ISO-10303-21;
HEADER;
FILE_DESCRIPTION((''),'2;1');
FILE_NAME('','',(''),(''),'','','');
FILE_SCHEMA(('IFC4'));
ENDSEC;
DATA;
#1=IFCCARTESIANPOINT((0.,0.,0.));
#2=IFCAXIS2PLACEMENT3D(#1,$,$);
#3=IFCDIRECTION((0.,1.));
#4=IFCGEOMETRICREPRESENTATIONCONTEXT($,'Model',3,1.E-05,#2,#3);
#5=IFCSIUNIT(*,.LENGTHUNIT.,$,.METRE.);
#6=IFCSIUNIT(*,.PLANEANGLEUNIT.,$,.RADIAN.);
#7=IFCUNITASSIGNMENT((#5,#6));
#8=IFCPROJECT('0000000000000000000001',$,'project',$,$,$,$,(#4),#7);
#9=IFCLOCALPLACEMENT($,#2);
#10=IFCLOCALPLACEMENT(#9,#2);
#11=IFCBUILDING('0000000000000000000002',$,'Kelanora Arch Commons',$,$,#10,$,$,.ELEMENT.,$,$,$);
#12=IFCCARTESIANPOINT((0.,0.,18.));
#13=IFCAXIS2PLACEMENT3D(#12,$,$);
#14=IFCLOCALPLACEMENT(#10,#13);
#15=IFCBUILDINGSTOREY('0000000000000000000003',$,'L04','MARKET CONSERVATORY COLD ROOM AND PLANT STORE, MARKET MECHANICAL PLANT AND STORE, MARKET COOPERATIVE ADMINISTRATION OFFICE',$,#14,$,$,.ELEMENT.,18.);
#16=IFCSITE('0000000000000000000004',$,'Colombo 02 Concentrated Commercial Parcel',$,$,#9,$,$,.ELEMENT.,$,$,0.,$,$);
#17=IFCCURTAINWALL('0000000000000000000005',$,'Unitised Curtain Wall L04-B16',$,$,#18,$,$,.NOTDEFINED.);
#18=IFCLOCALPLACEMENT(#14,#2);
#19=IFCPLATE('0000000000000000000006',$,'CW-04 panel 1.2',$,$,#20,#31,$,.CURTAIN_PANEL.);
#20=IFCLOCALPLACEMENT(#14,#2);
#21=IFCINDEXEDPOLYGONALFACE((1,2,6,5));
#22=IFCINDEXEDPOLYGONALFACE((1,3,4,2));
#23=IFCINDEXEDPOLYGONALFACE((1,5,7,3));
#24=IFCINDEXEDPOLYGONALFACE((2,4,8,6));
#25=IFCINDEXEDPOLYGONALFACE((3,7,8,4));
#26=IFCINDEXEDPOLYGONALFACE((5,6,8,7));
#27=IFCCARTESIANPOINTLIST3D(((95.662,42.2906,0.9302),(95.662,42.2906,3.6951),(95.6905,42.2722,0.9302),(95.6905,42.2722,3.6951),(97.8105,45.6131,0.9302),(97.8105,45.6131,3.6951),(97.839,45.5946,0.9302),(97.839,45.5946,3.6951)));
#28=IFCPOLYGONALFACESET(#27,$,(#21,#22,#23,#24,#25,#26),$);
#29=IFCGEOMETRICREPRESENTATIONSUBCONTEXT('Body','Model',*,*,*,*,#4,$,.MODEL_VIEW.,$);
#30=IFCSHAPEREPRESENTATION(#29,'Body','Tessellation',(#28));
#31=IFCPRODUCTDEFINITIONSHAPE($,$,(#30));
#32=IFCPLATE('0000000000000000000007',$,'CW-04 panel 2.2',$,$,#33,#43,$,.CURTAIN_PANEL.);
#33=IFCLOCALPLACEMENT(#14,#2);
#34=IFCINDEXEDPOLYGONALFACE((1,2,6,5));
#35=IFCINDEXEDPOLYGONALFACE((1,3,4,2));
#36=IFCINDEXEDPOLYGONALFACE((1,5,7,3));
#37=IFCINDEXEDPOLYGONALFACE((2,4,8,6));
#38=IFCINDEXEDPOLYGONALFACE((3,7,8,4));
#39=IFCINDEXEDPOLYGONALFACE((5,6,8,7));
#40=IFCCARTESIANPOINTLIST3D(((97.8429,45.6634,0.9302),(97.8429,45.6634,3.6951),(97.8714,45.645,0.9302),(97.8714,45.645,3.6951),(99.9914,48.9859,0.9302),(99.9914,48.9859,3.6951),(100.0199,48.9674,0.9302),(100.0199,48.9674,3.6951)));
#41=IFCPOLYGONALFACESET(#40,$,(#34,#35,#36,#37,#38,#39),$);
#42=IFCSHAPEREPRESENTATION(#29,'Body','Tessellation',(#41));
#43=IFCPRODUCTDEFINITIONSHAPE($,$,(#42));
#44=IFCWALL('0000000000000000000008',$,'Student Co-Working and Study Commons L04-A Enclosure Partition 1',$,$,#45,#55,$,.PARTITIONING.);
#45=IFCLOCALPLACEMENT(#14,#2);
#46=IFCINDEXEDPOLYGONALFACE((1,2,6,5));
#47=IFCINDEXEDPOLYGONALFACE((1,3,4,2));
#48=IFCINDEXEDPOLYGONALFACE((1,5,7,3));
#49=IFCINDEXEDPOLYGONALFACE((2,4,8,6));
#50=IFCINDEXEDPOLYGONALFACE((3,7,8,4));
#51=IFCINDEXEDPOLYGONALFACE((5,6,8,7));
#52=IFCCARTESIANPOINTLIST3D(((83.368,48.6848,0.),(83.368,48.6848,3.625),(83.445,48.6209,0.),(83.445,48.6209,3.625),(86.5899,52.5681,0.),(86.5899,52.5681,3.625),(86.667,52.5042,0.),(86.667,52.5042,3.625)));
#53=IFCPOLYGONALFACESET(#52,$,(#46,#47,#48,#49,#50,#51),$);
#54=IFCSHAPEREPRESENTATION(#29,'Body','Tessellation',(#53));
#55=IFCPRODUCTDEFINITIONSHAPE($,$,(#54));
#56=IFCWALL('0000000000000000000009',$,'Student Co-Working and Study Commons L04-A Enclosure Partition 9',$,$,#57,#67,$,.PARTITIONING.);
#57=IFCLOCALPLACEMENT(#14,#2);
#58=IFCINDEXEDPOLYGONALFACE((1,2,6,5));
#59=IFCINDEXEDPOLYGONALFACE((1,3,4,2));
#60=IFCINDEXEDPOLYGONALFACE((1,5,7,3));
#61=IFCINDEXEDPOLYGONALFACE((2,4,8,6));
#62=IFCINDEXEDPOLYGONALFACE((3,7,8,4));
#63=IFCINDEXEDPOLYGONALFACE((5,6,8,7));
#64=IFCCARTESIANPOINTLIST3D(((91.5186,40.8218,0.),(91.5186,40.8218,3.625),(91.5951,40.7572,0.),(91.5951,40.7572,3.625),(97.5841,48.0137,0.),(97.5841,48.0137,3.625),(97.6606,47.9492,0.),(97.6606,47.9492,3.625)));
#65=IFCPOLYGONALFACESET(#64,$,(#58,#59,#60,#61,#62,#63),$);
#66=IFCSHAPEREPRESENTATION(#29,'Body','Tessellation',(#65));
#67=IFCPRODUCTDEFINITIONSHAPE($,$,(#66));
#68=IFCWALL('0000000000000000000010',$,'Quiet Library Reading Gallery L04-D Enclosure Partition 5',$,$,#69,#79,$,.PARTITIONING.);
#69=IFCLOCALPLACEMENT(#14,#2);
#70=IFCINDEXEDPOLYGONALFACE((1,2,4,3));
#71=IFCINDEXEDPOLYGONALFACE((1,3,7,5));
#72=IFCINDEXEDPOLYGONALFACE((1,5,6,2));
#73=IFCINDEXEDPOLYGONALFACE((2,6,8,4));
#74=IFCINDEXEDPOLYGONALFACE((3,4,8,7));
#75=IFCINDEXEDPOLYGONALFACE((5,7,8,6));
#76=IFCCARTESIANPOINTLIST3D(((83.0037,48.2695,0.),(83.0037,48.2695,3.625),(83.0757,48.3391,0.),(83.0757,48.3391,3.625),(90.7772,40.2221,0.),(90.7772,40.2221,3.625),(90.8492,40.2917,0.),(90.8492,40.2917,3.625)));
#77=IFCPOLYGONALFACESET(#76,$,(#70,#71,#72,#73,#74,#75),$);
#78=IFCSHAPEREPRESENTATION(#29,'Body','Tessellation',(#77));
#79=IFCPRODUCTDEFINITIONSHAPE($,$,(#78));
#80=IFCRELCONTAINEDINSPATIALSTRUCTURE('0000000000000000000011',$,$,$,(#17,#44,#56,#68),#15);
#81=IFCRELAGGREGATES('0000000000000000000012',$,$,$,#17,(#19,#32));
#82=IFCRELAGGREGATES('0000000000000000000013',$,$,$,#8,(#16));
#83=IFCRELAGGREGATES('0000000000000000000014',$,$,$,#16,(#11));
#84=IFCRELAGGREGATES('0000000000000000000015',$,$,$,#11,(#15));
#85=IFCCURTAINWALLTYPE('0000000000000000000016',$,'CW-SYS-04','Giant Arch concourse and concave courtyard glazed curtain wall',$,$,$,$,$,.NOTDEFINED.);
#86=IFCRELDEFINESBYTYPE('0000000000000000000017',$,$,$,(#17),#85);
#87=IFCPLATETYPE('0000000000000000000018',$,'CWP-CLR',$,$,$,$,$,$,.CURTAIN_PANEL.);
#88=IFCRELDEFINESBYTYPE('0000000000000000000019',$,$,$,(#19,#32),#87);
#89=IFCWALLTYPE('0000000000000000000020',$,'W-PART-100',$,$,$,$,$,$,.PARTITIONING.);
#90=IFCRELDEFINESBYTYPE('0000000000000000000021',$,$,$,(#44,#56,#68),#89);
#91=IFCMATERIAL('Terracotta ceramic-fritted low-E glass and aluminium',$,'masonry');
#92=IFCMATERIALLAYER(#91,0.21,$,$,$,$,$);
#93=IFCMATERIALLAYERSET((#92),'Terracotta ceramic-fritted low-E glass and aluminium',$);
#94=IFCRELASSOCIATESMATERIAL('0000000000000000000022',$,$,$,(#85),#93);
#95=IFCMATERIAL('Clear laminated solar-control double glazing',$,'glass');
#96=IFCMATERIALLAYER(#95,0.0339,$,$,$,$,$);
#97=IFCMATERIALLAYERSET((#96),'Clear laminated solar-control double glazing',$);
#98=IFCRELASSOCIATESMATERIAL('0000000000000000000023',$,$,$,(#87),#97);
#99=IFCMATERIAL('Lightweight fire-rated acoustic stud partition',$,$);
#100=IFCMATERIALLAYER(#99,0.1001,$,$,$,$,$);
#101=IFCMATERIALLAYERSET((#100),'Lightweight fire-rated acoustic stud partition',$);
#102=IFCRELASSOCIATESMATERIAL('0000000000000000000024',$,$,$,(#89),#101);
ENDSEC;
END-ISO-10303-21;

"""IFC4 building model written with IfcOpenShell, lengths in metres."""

from ifc_helpers import new_model, si_unit, direction, frame, frame_2d, origin, origin_2d, place, context, subcontext, project, spatial, rectangle, extrude, source, transform, mapped, material, layer, layer_set, type_object, element, aggregate, save


model = new_model("IFC4")

# Units and contexts
model_context = context("Model", 3, precision=1e-05, world=origin(), true_north=direction((0.0, 1.0)))
body_context = subcontext(model_context, "Body", "Model", "MODEL_VIEW")
ifc_project = project(units=[si_unit("LENGTHUNIT", "METRE"), si_unit("PLANEANGLEUNIT", "RADIAN")], contexts=[model_context])

# Site, building, storey
site_placement = place(None, origin())
site = spatial("IfcSite", under=ifc_project, at=site_placement, Name="Colombo 02 Concentrated Commercial Parcel", CompositionType="ELEMENT", RefElevation=0.0)
building_placement = place(site_placement, origin())
building = spatial("IfcBuilding", under=site, at=building_placement, Name="Kelanora Arch Commons", CompositionType="ELEMENT")
storey_placement = place(building_placement, frame((0.0, 0.0, 18.0)))
storey = spatial("IfcBuildingStorey", under=building, at=storey_placement, Name="L04", Description="MARKET CONSERVATORY COLD ROOM AND PLANT STORE, MARKET MECHANICAL PLANT AND STORE, MARKET COOPERATIVE ADMINISTRATION OFFICE", CompositionType="ELEMENT", Elevation=18.0)

# Curtain wall, plates
ifc_material_1 = material(Name="Terracotta ceramic-fritted low-E glass and aluminium", Category="masonry")
ifc_layer_1 = layer(ifc_material_1, 0.21)
ifc_layer_set_1 = layer_set([ifc_layer_1], Name="Terracotta ceramic-fritted low-E glass and aluminium")
curtain_wall_type = type_object("IfcCurtainWallType", Name="CW-SYS-04", Description="Giant Arch concourse and concave courtyard glazed curtain wall", PredefinedType="NOTDEFINED", material=ifc_layer_set_1)
curtain_wall_placement = place(storey_placement, origin())
curtain_wall = element("IfcCurtainWall", 1, at=curtain_wall_placement, inside=storey, type_object=curtain_wall_type, Name="Unitised Curtain Wall L04-B16", PredefinedType="NOTDEFINED")
ifc_material_2 = material(Name="Clear laminated solar-control double glazing", Category="glass")
ifc_layer_2 = layer(ifc_material_2, 0.0339)
ifc_layer_set_2 = layer_set([ifc_layer_2], Name="Clear laminated solar-control double glazing")
plate_type = type_object("IfcPlateType", Name="CWP-CLR", PredefinedType="CURTAIN_PANEL", material=ifc_layer_set_2)
shared_shape_1 = source(origin(), body_context, "Body", "SweptSolid", [
    extrude(rectangle(XDim=3.9565, YDim=0.0339, at=origin_2d()), origin(), (0.0, 0.0, 1.0), 2.7649),
])
plate_1_placement = place(storey_placement, frame((96.7505, 43.9426, 0.9302), z_axis=(0.0, 0.0, 1.0), x_axis=(0.543006, 0.839729, 0.0)))
plate_1 = element("IfcPlate", 2, at=plate_1_placement, type_object=plate_type, Name="CW-04 panel 1.2", PredefinedType="CURTAIN_PANEL", context=body_context, shape_type="MappedRepresentation", body=[
    mapped(shared_shape_1, transform((0.0, 0.0, 0.0), scale=1.0)),
])
plate_2_placement = place(storey_placement, frame((98.9314, 47.3154, 0.9302), z_axis=(0.0, 0.0, 1.0), x_axis=(0.543006, 0.839729, 0.0)))
plate_2 = element("IfcPlate", 3, at=plate_2_placement, type_object=plate_type, Name="CW-04 panel 2.2", PredefinedType="CURTAIN_PANEL", context=body_context, shape_type="MappedRepresentation", body=[
    mapped(shared_shape_1, transform((0.0, 0.0, 0.0), scale=1.0)),
])
aggregate(curtain_wall, [plate_1, plate_2])

# Walls
ifc_material_3 = material(Name="Lightweight fire-rated acoustic stud partition")
ifc_layer_3 = layer(ifc_material_3, 0.1001)
ifc_layer_set_3 = layer_set([ifc_layer_3], Name="Lightweight fire-rated acoustic stud partition")
wall_type = type_object("IfcWallType", Name="W-PART-100", PredefinedType="PARTITIONING", material=ifc_layer_set_3)
wall_1_placement = place(storey_placement, frame((83.4065, 48.6528, 0.0), z_axis=(0.0, 0.0, 1.0), x_axis=(0.638527, 0.7696, 0.0)))
element("IfcWall", 4, at=wall_1_placement, inside=storey, type_object=wall_type, Name="Student Co-Working and Study Commons L04-A Enclosure Partition 1", PredefinedType="PARTITIONING", context=body_context, shape_type="SweptSolid", body=[
    extrude(rectangle(XDim=5.0459, YDim=0.1001, at=frame_2d((2.5229, 0.0))), origin(), (0.0, 0.0, 1.0), 3.625),
])
wall_2_placement = place(storey_placement, frame((97.6223, 47.9814, 0.0), z_axis=(0.0, 0.0, 1.0), x_axis=(-0.644701, -0.764435, 0.0)))
element("IfcWall", 5, at=wall_2_placement, inside=storey, type_object=wall_type, Name="Student Co-Working and Study Commons L04-A Enclosure Partition 9", PredefinedType="PARTITIONING", context=body_context, shape_type="SweptSolid", body=[
    extrude(rectangle(XDim=9.4082, YDim=0.1001, at=frame_2d((4.7041, 0.0))), origin(), (0.0, 0.0, 1.0), 3.625),
])
wall_3_placement = place(storey_placement, frame((83.0398, 48.3042, 0.0), z_axis=(0.0, 0.0, 1.0), x_axis=(0.69476, -0.719242, 0.0)))
element("IfcWall", 6, at=wall_3_placement, inside=storey, type_object=wall_type, Name="Quiet Library Reading Gallery L04-D Enclosure Partition 5", PredefinedType="PARTITIONING", context=body_context, shape_type="SweptSolid", body=[
    extrude(rectangle(XDim=11.1887, YDim=0.1001, at=frame_2d((5.5942, 0.0))), origin(), (0.0, 0.0, 1.0), 3.625),
])

save(model, "model.ifc")
